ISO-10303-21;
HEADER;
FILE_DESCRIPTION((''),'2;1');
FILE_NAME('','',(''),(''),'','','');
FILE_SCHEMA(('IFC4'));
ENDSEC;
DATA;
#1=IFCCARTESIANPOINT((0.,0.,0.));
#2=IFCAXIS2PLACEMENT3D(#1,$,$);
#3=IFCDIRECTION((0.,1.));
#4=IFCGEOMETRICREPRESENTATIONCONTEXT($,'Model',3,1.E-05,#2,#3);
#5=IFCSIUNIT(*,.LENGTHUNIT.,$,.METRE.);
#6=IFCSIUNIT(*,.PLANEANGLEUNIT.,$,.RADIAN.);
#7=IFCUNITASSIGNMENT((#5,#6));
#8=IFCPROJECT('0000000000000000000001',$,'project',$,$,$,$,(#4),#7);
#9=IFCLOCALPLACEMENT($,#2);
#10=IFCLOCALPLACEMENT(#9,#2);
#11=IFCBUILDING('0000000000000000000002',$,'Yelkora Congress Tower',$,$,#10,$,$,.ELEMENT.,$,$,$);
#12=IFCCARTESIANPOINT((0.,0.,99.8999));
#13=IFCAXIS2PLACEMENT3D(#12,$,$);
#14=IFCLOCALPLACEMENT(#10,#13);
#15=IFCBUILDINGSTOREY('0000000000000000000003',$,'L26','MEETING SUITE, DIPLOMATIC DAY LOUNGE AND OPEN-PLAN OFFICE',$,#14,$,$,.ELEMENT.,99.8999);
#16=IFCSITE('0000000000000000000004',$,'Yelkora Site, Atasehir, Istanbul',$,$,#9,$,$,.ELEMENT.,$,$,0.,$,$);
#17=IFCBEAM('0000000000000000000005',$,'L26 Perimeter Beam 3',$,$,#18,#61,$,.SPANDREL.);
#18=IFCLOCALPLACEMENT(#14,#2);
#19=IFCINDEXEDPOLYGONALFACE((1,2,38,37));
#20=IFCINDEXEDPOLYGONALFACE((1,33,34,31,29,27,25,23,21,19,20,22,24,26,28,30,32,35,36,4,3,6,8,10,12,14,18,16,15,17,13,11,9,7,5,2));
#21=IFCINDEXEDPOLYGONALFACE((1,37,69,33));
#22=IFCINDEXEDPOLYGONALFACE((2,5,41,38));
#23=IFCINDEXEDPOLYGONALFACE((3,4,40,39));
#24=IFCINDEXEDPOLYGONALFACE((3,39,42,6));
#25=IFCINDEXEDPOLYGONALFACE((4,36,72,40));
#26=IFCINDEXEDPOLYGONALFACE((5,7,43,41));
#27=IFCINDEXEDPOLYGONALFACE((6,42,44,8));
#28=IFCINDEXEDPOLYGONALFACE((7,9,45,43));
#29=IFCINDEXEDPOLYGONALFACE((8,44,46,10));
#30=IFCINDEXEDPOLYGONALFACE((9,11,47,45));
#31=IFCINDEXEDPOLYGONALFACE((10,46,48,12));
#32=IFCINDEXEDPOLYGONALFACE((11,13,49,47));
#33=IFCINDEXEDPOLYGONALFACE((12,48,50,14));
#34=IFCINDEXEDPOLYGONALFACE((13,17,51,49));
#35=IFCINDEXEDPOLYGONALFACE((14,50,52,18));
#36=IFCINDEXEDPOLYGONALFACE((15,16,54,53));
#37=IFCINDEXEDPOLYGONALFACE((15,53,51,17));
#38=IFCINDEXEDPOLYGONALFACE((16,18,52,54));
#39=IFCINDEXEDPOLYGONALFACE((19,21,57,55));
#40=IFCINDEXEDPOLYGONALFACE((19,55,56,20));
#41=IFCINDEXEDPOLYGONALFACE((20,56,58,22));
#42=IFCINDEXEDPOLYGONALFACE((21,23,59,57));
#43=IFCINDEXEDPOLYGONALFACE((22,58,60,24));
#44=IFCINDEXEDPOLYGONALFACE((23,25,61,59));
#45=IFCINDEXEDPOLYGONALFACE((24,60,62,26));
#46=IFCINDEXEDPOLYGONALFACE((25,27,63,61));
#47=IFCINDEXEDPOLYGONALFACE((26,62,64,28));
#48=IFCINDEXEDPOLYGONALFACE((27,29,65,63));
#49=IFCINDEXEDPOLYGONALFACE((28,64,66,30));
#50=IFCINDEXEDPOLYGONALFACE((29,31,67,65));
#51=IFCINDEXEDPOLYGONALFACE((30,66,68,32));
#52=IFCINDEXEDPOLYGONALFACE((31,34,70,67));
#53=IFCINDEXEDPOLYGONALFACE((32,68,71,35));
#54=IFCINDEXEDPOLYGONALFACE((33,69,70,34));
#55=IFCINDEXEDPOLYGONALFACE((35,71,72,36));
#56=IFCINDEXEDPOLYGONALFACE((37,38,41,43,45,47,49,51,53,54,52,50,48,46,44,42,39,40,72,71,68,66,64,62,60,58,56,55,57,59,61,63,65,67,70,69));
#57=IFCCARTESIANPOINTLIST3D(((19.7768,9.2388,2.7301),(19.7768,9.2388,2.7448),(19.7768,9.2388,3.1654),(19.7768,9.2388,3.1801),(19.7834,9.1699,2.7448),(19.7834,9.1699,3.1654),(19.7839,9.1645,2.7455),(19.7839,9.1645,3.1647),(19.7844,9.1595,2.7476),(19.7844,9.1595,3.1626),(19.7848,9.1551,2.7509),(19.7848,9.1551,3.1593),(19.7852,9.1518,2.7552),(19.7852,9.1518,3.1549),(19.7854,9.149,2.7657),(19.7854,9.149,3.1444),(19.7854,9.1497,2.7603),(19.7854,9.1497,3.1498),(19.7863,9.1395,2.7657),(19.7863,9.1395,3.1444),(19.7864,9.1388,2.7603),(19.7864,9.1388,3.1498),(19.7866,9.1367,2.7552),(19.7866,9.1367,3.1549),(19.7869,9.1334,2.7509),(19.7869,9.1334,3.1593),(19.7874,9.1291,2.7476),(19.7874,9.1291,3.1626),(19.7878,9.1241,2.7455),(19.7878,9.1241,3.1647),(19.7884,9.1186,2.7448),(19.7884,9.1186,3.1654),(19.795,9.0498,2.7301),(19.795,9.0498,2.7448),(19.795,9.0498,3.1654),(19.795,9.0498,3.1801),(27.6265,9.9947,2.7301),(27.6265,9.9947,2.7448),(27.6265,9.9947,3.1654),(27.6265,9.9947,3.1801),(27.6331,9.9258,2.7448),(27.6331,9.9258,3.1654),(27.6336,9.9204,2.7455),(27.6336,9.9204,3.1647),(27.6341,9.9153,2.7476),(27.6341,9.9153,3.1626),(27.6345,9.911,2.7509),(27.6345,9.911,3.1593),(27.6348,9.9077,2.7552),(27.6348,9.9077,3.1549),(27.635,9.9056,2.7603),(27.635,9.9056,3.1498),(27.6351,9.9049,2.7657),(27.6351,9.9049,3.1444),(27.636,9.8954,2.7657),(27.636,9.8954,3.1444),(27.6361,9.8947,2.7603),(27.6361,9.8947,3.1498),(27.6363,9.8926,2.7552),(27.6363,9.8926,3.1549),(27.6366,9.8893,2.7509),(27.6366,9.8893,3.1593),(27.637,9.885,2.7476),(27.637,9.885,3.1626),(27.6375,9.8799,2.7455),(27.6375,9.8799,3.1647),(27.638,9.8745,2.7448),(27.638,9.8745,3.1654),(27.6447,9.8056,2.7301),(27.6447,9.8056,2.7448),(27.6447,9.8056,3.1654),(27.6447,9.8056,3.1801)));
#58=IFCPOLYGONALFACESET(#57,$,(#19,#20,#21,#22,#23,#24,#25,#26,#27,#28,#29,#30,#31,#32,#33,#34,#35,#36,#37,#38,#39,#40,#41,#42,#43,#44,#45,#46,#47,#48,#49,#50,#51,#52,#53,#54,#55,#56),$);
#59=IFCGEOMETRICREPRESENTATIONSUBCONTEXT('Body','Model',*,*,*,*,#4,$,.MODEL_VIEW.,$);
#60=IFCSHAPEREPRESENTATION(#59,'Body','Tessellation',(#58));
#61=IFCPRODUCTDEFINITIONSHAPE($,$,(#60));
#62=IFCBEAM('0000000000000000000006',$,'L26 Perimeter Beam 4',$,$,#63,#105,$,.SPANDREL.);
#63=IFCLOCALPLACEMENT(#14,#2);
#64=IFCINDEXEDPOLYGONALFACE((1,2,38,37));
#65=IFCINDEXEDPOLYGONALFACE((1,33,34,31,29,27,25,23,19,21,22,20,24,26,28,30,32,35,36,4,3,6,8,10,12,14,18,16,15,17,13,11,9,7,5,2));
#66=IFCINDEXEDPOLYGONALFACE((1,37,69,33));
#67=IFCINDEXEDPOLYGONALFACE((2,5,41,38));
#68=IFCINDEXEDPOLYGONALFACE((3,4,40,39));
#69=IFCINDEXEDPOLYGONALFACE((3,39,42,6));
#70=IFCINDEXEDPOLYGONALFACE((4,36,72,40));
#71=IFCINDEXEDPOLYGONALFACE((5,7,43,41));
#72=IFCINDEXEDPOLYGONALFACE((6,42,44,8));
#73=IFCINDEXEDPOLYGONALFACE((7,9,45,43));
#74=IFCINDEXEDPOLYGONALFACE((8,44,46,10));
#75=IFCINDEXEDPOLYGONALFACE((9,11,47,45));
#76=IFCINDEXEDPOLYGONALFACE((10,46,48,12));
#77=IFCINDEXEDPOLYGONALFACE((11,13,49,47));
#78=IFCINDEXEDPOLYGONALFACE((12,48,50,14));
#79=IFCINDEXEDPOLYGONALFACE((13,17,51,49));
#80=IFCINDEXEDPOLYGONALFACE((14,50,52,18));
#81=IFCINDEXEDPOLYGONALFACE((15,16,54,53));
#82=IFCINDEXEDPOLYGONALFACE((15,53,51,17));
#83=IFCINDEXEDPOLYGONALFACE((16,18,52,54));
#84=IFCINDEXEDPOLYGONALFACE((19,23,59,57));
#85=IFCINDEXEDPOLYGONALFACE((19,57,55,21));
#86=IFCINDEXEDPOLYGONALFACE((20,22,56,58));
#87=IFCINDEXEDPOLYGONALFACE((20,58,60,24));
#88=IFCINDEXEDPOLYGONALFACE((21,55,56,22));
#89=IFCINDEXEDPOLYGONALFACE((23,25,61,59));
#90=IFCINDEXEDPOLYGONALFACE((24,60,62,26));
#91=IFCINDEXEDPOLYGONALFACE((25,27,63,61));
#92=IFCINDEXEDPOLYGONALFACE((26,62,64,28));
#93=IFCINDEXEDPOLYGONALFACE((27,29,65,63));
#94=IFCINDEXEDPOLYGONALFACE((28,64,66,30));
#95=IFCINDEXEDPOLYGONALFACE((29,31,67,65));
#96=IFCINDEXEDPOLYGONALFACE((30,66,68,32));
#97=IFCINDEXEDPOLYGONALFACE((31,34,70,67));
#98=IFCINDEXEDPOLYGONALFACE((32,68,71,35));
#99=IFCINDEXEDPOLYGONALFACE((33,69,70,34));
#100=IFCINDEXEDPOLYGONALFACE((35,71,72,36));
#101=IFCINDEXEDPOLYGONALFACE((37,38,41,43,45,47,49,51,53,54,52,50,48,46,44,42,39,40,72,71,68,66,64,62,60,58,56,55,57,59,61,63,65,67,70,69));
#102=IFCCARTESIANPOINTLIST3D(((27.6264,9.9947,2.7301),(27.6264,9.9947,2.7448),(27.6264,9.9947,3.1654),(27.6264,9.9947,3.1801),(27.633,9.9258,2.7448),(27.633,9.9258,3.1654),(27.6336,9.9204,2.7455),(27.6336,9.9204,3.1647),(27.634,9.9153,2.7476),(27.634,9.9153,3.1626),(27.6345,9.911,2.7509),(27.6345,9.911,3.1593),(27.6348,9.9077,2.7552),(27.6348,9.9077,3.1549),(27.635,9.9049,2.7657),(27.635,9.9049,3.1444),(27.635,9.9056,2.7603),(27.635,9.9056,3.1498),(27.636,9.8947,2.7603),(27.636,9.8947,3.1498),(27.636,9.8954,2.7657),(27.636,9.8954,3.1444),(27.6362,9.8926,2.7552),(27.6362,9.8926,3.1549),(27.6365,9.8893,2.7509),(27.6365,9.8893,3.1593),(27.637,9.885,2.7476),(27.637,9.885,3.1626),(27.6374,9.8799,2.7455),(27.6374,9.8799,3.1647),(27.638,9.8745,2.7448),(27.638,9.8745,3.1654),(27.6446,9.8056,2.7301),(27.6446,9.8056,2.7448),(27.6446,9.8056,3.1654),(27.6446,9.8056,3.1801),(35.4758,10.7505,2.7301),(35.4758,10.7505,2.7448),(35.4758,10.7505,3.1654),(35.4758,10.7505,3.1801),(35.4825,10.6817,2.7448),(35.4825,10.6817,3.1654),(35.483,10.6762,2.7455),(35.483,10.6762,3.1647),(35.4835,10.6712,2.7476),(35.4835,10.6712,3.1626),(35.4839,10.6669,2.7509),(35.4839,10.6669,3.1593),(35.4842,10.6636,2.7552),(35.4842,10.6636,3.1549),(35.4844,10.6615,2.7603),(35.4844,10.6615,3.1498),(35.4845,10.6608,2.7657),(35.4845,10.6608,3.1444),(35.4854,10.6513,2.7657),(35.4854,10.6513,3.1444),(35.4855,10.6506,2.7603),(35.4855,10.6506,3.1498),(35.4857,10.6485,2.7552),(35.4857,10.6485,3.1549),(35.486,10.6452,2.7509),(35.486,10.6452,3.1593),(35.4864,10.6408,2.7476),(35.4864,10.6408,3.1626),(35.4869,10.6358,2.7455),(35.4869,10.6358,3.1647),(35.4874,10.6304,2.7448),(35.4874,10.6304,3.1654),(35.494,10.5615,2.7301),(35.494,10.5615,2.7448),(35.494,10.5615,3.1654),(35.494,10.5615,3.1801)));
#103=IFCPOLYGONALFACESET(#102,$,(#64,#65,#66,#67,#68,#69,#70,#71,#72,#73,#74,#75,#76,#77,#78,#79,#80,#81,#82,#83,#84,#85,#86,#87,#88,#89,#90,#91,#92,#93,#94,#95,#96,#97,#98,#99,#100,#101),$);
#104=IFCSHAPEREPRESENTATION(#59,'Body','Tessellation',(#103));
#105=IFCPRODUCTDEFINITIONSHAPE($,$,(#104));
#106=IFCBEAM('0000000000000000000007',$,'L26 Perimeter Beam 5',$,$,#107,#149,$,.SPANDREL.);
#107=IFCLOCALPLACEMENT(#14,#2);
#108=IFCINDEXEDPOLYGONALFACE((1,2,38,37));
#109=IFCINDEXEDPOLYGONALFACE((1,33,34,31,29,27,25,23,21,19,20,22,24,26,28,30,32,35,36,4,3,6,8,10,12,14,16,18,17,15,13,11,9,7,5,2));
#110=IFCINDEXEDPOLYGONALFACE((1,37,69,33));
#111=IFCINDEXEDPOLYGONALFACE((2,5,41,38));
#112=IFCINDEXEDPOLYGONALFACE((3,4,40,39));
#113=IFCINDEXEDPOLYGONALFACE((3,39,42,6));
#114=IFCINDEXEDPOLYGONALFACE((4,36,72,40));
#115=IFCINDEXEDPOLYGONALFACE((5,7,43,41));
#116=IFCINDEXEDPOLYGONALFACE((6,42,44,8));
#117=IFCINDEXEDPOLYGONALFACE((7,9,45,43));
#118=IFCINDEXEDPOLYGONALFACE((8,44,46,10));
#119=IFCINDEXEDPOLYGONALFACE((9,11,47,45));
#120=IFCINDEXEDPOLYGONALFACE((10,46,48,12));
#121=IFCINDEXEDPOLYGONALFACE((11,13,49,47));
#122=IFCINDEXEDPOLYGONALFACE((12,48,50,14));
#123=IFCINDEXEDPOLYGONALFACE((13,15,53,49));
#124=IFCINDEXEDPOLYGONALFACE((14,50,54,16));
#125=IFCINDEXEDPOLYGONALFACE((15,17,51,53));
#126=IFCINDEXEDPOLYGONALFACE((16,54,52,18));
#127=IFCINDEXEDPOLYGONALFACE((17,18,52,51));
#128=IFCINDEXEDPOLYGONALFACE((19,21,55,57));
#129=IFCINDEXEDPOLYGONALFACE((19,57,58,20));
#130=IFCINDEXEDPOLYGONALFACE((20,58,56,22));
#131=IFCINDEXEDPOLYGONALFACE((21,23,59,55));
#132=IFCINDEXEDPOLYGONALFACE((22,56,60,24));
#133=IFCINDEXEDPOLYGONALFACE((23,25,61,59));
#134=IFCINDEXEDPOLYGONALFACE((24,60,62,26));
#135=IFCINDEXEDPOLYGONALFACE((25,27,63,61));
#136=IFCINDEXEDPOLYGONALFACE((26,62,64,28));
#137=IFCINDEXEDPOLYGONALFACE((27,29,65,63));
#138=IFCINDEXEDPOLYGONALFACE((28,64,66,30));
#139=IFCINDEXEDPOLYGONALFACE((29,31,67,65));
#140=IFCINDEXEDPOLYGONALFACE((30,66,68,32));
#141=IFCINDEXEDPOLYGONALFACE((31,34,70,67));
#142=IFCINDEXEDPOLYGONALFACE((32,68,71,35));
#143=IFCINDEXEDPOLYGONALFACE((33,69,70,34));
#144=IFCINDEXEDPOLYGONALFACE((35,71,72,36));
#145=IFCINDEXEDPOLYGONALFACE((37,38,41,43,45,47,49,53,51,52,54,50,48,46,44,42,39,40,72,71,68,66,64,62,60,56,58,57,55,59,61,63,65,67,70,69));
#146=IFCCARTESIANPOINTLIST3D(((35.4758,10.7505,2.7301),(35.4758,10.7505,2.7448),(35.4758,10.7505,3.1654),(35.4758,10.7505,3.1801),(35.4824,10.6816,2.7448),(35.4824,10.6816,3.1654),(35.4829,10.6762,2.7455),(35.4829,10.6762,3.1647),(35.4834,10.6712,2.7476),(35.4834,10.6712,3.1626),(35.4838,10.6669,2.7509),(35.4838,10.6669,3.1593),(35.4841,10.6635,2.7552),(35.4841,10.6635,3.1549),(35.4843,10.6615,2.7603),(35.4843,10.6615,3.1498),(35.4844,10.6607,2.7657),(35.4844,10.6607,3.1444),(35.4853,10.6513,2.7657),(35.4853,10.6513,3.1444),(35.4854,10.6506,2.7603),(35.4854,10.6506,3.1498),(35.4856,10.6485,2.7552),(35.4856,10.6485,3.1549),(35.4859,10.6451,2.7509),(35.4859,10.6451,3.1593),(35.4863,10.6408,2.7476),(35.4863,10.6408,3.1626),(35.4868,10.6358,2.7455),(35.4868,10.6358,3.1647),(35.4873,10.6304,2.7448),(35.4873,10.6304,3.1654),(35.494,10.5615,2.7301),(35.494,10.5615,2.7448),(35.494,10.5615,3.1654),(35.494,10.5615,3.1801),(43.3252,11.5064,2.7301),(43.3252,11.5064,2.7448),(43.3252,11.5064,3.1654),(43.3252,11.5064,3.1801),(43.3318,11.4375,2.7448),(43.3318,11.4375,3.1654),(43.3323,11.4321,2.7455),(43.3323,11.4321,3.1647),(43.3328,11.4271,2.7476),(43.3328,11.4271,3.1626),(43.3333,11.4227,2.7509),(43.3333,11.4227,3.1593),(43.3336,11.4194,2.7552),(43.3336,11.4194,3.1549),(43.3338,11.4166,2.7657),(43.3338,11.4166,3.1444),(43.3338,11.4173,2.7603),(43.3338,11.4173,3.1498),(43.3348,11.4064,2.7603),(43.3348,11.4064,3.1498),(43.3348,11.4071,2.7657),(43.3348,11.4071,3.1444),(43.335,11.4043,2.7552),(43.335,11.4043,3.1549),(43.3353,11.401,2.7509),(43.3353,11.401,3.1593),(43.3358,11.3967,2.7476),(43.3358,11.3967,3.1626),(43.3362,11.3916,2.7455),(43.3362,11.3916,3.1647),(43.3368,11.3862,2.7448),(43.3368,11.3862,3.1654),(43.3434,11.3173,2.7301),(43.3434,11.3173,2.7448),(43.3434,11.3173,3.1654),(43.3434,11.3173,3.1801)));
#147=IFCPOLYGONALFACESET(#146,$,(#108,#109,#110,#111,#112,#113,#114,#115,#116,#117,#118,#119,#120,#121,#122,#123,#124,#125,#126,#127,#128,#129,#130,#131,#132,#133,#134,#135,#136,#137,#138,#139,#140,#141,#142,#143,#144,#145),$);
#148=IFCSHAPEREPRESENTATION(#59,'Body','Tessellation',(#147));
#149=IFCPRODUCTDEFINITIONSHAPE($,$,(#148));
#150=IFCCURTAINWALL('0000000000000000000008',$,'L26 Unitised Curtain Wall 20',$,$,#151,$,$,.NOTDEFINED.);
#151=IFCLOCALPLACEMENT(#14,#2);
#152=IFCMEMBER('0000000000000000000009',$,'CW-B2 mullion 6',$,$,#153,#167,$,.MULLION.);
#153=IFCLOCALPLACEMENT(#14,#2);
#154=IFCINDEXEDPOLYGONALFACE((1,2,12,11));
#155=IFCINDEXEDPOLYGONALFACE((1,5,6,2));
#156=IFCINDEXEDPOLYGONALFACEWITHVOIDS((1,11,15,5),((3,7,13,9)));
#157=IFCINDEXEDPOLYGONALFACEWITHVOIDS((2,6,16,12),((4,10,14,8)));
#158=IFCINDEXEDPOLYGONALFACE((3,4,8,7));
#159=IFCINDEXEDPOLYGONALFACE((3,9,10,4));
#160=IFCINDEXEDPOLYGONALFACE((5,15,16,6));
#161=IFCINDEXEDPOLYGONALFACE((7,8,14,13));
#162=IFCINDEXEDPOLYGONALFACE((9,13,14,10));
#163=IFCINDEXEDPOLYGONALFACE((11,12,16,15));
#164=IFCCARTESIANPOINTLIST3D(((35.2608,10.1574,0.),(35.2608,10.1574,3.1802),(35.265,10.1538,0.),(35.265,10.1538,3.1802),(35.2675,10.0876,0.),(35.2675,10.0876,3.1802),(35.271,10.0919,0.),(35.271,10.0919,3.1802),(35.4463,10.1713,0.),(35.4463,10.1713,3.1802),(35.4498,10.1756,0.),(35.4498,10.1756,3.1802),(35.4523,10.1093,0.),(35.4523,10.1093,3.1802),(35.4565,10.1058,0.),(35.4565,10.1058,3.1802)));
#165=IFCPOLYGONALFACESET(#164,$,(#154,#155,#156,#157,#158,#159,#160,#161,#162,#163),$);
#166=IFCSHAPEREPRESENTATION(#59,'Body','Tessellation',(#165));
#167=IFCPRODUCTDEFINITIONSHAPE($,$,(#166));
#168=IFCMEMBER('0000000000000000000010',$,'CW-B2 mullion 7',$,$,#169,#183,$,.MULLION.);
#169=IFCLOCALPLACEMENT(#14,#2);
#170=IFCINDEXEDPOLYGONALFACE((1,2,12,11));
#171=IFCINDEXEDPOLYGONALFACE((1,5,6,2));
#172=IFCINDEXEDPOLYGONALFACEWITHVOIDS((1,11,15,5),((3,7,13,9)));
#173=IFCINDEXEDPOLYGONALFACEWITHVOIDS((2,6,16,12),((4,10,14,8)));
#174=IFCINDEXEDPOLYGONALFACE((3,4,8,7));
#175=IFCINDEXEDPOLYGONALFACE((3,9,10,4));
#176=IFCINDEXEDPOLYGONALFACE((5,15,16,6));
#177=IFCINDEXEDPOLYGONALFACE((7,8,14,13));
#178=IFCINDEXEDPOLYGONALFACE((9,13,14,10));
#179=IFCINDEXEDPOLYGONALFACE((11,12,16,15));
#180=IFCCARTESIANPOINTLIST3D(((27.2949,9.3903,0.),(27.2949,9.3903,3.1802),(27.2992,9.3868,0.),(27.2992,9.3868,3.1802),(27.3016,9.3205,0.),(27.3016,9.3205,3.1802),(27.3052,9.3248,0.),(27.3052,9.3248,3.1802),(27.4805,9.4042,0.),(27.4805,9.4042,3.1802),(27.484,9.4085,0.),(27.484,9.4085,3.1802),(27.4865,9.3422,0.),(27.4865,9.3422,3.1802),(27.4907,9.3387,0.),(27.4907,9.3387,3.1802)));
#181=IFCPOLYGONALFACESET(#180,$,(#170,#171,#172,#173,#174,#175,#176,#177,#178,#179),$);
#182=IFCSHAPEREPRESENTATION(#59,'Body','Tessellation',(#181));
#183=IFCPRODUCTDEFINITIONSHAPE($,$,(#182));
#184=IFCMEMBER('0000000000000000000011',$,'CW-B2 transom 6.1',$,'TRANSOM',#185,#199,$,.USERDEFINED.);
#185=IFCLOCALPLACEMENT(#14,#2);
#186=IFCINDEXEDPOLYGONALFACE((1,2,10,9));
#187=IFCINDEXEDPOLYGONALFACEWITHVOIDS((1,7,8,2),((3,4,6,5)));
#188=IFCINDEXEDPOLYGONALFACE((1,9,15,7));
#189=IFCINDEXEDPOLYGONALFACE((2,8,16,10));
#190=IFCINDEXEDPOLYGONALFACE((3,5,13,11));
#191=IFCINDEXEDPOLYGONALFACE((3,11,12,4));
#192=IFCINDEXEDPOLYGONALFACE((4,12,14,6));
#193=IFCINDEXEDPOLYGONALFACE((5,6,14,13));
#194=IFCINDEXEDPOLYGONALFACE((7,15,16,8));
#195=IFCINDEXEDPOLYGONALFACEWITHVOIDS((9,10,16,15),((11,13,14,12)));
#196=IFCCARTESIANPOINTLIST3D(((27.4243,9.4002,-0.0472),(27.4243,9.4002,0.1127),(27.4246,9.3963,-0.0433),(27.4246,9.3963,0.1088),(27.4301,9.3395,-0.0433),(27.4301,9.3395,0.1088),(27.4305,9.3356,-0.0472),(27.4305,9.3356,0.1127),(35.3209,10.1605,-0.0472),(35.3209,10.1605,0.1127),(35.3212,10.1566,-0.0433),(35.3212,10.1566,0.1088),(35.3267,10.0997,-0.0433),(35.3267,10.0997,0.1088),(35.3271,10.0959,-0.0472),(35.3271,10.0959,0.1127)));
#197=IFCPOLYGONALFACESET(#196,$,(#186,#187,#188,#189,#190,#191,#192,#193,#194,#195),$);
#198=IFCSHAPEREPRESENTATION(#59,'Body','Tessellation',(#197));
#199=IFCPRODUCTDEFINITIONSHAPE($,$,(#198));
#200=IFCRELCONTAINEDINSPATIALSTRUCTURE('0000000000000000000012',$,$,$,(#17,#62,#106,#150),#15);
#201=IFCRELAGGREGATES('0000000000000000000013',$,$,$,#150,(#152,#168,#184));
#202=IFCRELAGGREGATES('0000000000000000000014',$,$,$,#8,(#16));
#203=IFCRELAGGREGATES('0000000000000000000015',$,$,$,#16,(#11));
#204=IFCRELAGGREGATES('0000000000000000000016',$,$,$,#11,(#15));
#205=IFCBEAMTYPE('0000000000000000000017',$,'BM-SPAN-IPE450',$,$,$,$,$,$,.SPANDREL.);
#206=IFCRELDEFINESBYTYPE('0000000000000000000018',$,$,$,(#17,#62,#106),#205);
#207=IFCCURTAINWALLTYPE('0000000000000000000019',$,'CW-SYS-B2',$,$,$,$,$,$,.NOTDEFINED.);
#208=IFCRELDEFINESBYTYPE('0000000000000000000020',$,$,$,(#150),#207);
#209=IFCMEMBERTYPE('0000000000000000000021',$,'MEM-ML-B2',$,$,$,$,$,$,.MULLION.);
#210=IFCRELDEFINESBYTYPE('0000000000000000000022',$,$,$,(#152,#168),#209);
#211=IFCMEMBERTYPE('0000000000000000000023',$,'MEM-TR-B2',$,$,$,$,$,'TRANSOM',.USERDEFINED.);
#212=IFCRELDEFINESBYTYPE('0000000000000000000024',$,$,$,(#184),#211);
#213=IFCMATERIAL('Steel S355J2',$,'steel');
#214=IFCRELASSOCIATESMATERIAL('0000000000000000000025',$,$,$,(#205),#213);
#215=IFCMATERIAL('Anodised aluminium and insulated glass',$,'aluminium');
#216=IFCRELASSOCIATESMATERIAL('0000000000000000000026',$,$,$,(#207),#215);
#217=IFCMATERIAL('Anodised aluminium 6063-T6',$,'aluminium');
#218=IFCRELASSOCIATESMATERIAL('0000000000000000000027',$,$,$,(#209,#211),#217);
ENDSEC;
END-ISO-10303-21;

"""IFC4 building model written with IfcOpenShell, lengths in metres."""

from ifc_helpers import new_model, si_unit, direction, frame, origin, origin_2d, place, context, subcontext, project, spatial, hollow_rectangle, i_section, extrude, material, material_profile, profile_set, type_object, element, aggregate, save


model = new_model("IFC4")

# Units and contexts
model_context = context("Model", 3, precision=1e-05, world=origin(), true_north=direction((0.0, 1.0)))
body_context = subcontext(model_context, "Body", "Model", "MODEL_VIEW")
ifc_project = project(units=[si_unit("LENGTHUNIT", "METRE"), si_unit("PLANEANGLEUNIT", "RADIAN")], contexts=[model_context])

# Site, building, storey
site_placement = place(None, origin())
site = spatial("IfcSite", under=ifc_project, at=site_placement, Name="Yelkora Site, Atasehir, Istanbul", CompositionType="ELEMENT", RefElevation=0.0)
building_placement = place(site_placement, origin())
building = spatial("IfcBuilding", under=site, at=building_placement, Name="Yelkora Congress Tower", CompositionType="ELEMENT")
storey_placement = place(building_placement, frame((0.0, 0.0, 99.8999)))
storey = spatial("IfcBuildingStorey", under=building, at=storey_placement, Name="L26", Description="MEETING SUITE, DIPLOMATIC DAY LOUNGE AND OPEN-PLAN OFFICE", CompositionType="ELEMENT", Elevation=99.8999)

# Beams
ifc_material_1 = material(Name="Steel S355J2", Category="steel")
ifc_material_profile_1 = material_profile(ifc_material_1, i_section(OverallWidth=0.1899, OverallDepth=0.45, WebThickness=0.0095, FlangeThickness=0.0146, FilletRadius=0.021, at=origin_2d()), Name="IPE 450")
ifc_profile_set_1 = profile_set([ifc_material_profile_1], Name="Steel S355J2")
beam_type_1 = type_object("IfcBeamType", Name="BM-SPAN-IPE450", PredefinedType="SPANDREL", material=ifc_profile_set_1)
beam_1_placement = place(storey_placement, frame((19.7859, 9.1443, 2.9551), z_axis=(0.995396, 0.095849, 0.0), x_axis=(-0.095849, 0.995396, 0.0)))
element("IfcBeam", 1, at=beam_1_placement, inside=storey, type_object=beam_type_1, Name="L26 Perimeter Beam 3", PredefinedType="SPANDREL", context=body_context, shape_type="SweptSolid", body=[
    extrude(i_section(OverallWidth=0.1899, OverallDepth=0.45, WebThickness=0.0095, FlangeThickness=0.0146, FilletRadius=0.021, at=origin_2d()), origin(), (0.0, 0.0, 1.0), 7.886),
])
for number, where, z_axis, x_axis, name in (
    (2, (27.6355, 9.9001, 2.9551), (0.995396, 0.095852, 0.0), (-0.095852, 0.995396, 0.0), "L26 Perimeter Beam 4"),
    (3, (35.4849, 10.656, 2.9551), (0.995396, 0.095852, 0.0), (-0.095852, 0.995396, 0.0), "L26 Perimeter Beam 5"),
):
    element("IfcBeam", number, at=place(storey_placement, frame(where, z_axis=z_axis, x_axis=x_axis)), inside=storey, type_object=beam_type_1, Name=name, PredefinedType="SPANDREL", context=body_context, shape_type="SweptSolid", body=[
        extrude(i_section(OverallWidth=0.1899, OverallDepth=0.45, WebThickness=0.0095, FlangeThickness=0.0146, FilletRadius=0.021, at=origin_2d()), origin(), (0.0, 0.0, 1.0), 7.8857),
    ])

# Curtain wall, members
ifc_material_2 = material(Name="Anodised aluminium and insulated glass", Category="aluminium")
curtain_wall_type = type_object("IfcCurtainWallType", Name="CW-SYS-B2", PredefinedType="NOTDEFINED", material=ifc_material_2)
curtain_wall_placement = place(storey_placement, origin())
curtain_wall = element("IfcCurtainWall", 4, at=curtain_wall_placement, inside=storey, type_object=curtain_wall_type, Name="L26 Unitised Curtain Wall 20", PredefinedType="NOTDEFINED")
ifc_material_3 = material(Name="Anodised aluminium 6063-T6", Category="aluminium")
ifc_material_profile_2 = material_profile(ifc_material_3, hollow_rectangle(XDim=0.0701, YDim=0.1899, WallThickness=0.0039, at=origin_2d()), Name="ALU 70x190x4")
ifc_profile_set_2 = profile_set([ifc_material_profile_2], Name="Anodised aluminium 6063-T6")
member_type_1 = type_object("IfcMemberType", Name="MEM-ML-B2", PredefinedType="MULLION", material=ifc_profile_set_2)
member_1_placement = place(storey_placement, frame((35.3586, 10.1316, 0.0), z_axis=(0.0, 0.0, 1.0), x_axis=(0.095844, -0.995396, 0.0)))
member_1 = element("IfcMember", 5, at=member_1_placement, type_object=member_type_1, Name="CW-B2 mullion 6", PredefinedType="MULLION", context=body_context, shape_type="SweptSolid", body=[
    extrude(hollow_rectangle(XDim=0.0701, YDim=0.1899, WallThickness=0.0039, at=origin_2d()), origin(), (0.0, 0.0, 1.0), 3.1802),
])
member_2_placement = place(storey_placement, frame((27.3928, 9.3645, 0.0), z_axis=(0.0, 0.0, 1.0), x_axis=(0.095844, -0.995396, 0.0)))
member_2 = element("IfcMember", 6, at=member_2_placement, type_object=member_type_1, Name="CW-B2 mullion 7", PredefinedType="MULLION", context=body_context, shape_type="SweptSolid", body=[
    extrude(hollow_rectangle(XDim=0.0701, YDim=0.1899, WallThickness=0.0039, at=origin_2d()), origin(), (0.0, 0.0, 1.0), 3.1802),
])
ifc_material_profile_3 = material_profile(ifc_material_3, hollow_rectangle(XDim=0.0649, YDim=0.1599, WallThickness=0.0039, at=origin_2d()), Name="ALU 65x160x4")
ifc_profile_set_3 = profile_set([ifc_material_profile_3], Name="Anodised aluminium 6063-T6")
member_type_2 = type_object("IfcMemberType", Name="MEM-TR-B2", ElementType="TRANSOM", PredefinedType="USERDEFINED", material=ifc_profile_set_3)
member_3_placement = place(storey_placement, frame((35.324, 10.1282, 0.0327), z_axis=(-0.995397, -0.095834, 0.0), x_axis=(0.095834, -0.995397, 0.0)))
member_3 = element("IfcMember", 7, at=member_3_placement, type_object=member_type_2, Name="CW-B2 transom 6.1", ObjectType="TRANSOM", PredefinedType="USERDEFINED", context=body_context, shape_type="SweptSolid", body=[
    extrude(hollow_rectangle(XDim=0.0649, YDim=0.1599, WallThickness=0.0039, at=origin_2d()), origin(), (0.0, 0.0, 1.0), 7.9331),
])
aggregate(curtain_wall, [member_1, member_2, member_3])

save(model, "model.ifc")
